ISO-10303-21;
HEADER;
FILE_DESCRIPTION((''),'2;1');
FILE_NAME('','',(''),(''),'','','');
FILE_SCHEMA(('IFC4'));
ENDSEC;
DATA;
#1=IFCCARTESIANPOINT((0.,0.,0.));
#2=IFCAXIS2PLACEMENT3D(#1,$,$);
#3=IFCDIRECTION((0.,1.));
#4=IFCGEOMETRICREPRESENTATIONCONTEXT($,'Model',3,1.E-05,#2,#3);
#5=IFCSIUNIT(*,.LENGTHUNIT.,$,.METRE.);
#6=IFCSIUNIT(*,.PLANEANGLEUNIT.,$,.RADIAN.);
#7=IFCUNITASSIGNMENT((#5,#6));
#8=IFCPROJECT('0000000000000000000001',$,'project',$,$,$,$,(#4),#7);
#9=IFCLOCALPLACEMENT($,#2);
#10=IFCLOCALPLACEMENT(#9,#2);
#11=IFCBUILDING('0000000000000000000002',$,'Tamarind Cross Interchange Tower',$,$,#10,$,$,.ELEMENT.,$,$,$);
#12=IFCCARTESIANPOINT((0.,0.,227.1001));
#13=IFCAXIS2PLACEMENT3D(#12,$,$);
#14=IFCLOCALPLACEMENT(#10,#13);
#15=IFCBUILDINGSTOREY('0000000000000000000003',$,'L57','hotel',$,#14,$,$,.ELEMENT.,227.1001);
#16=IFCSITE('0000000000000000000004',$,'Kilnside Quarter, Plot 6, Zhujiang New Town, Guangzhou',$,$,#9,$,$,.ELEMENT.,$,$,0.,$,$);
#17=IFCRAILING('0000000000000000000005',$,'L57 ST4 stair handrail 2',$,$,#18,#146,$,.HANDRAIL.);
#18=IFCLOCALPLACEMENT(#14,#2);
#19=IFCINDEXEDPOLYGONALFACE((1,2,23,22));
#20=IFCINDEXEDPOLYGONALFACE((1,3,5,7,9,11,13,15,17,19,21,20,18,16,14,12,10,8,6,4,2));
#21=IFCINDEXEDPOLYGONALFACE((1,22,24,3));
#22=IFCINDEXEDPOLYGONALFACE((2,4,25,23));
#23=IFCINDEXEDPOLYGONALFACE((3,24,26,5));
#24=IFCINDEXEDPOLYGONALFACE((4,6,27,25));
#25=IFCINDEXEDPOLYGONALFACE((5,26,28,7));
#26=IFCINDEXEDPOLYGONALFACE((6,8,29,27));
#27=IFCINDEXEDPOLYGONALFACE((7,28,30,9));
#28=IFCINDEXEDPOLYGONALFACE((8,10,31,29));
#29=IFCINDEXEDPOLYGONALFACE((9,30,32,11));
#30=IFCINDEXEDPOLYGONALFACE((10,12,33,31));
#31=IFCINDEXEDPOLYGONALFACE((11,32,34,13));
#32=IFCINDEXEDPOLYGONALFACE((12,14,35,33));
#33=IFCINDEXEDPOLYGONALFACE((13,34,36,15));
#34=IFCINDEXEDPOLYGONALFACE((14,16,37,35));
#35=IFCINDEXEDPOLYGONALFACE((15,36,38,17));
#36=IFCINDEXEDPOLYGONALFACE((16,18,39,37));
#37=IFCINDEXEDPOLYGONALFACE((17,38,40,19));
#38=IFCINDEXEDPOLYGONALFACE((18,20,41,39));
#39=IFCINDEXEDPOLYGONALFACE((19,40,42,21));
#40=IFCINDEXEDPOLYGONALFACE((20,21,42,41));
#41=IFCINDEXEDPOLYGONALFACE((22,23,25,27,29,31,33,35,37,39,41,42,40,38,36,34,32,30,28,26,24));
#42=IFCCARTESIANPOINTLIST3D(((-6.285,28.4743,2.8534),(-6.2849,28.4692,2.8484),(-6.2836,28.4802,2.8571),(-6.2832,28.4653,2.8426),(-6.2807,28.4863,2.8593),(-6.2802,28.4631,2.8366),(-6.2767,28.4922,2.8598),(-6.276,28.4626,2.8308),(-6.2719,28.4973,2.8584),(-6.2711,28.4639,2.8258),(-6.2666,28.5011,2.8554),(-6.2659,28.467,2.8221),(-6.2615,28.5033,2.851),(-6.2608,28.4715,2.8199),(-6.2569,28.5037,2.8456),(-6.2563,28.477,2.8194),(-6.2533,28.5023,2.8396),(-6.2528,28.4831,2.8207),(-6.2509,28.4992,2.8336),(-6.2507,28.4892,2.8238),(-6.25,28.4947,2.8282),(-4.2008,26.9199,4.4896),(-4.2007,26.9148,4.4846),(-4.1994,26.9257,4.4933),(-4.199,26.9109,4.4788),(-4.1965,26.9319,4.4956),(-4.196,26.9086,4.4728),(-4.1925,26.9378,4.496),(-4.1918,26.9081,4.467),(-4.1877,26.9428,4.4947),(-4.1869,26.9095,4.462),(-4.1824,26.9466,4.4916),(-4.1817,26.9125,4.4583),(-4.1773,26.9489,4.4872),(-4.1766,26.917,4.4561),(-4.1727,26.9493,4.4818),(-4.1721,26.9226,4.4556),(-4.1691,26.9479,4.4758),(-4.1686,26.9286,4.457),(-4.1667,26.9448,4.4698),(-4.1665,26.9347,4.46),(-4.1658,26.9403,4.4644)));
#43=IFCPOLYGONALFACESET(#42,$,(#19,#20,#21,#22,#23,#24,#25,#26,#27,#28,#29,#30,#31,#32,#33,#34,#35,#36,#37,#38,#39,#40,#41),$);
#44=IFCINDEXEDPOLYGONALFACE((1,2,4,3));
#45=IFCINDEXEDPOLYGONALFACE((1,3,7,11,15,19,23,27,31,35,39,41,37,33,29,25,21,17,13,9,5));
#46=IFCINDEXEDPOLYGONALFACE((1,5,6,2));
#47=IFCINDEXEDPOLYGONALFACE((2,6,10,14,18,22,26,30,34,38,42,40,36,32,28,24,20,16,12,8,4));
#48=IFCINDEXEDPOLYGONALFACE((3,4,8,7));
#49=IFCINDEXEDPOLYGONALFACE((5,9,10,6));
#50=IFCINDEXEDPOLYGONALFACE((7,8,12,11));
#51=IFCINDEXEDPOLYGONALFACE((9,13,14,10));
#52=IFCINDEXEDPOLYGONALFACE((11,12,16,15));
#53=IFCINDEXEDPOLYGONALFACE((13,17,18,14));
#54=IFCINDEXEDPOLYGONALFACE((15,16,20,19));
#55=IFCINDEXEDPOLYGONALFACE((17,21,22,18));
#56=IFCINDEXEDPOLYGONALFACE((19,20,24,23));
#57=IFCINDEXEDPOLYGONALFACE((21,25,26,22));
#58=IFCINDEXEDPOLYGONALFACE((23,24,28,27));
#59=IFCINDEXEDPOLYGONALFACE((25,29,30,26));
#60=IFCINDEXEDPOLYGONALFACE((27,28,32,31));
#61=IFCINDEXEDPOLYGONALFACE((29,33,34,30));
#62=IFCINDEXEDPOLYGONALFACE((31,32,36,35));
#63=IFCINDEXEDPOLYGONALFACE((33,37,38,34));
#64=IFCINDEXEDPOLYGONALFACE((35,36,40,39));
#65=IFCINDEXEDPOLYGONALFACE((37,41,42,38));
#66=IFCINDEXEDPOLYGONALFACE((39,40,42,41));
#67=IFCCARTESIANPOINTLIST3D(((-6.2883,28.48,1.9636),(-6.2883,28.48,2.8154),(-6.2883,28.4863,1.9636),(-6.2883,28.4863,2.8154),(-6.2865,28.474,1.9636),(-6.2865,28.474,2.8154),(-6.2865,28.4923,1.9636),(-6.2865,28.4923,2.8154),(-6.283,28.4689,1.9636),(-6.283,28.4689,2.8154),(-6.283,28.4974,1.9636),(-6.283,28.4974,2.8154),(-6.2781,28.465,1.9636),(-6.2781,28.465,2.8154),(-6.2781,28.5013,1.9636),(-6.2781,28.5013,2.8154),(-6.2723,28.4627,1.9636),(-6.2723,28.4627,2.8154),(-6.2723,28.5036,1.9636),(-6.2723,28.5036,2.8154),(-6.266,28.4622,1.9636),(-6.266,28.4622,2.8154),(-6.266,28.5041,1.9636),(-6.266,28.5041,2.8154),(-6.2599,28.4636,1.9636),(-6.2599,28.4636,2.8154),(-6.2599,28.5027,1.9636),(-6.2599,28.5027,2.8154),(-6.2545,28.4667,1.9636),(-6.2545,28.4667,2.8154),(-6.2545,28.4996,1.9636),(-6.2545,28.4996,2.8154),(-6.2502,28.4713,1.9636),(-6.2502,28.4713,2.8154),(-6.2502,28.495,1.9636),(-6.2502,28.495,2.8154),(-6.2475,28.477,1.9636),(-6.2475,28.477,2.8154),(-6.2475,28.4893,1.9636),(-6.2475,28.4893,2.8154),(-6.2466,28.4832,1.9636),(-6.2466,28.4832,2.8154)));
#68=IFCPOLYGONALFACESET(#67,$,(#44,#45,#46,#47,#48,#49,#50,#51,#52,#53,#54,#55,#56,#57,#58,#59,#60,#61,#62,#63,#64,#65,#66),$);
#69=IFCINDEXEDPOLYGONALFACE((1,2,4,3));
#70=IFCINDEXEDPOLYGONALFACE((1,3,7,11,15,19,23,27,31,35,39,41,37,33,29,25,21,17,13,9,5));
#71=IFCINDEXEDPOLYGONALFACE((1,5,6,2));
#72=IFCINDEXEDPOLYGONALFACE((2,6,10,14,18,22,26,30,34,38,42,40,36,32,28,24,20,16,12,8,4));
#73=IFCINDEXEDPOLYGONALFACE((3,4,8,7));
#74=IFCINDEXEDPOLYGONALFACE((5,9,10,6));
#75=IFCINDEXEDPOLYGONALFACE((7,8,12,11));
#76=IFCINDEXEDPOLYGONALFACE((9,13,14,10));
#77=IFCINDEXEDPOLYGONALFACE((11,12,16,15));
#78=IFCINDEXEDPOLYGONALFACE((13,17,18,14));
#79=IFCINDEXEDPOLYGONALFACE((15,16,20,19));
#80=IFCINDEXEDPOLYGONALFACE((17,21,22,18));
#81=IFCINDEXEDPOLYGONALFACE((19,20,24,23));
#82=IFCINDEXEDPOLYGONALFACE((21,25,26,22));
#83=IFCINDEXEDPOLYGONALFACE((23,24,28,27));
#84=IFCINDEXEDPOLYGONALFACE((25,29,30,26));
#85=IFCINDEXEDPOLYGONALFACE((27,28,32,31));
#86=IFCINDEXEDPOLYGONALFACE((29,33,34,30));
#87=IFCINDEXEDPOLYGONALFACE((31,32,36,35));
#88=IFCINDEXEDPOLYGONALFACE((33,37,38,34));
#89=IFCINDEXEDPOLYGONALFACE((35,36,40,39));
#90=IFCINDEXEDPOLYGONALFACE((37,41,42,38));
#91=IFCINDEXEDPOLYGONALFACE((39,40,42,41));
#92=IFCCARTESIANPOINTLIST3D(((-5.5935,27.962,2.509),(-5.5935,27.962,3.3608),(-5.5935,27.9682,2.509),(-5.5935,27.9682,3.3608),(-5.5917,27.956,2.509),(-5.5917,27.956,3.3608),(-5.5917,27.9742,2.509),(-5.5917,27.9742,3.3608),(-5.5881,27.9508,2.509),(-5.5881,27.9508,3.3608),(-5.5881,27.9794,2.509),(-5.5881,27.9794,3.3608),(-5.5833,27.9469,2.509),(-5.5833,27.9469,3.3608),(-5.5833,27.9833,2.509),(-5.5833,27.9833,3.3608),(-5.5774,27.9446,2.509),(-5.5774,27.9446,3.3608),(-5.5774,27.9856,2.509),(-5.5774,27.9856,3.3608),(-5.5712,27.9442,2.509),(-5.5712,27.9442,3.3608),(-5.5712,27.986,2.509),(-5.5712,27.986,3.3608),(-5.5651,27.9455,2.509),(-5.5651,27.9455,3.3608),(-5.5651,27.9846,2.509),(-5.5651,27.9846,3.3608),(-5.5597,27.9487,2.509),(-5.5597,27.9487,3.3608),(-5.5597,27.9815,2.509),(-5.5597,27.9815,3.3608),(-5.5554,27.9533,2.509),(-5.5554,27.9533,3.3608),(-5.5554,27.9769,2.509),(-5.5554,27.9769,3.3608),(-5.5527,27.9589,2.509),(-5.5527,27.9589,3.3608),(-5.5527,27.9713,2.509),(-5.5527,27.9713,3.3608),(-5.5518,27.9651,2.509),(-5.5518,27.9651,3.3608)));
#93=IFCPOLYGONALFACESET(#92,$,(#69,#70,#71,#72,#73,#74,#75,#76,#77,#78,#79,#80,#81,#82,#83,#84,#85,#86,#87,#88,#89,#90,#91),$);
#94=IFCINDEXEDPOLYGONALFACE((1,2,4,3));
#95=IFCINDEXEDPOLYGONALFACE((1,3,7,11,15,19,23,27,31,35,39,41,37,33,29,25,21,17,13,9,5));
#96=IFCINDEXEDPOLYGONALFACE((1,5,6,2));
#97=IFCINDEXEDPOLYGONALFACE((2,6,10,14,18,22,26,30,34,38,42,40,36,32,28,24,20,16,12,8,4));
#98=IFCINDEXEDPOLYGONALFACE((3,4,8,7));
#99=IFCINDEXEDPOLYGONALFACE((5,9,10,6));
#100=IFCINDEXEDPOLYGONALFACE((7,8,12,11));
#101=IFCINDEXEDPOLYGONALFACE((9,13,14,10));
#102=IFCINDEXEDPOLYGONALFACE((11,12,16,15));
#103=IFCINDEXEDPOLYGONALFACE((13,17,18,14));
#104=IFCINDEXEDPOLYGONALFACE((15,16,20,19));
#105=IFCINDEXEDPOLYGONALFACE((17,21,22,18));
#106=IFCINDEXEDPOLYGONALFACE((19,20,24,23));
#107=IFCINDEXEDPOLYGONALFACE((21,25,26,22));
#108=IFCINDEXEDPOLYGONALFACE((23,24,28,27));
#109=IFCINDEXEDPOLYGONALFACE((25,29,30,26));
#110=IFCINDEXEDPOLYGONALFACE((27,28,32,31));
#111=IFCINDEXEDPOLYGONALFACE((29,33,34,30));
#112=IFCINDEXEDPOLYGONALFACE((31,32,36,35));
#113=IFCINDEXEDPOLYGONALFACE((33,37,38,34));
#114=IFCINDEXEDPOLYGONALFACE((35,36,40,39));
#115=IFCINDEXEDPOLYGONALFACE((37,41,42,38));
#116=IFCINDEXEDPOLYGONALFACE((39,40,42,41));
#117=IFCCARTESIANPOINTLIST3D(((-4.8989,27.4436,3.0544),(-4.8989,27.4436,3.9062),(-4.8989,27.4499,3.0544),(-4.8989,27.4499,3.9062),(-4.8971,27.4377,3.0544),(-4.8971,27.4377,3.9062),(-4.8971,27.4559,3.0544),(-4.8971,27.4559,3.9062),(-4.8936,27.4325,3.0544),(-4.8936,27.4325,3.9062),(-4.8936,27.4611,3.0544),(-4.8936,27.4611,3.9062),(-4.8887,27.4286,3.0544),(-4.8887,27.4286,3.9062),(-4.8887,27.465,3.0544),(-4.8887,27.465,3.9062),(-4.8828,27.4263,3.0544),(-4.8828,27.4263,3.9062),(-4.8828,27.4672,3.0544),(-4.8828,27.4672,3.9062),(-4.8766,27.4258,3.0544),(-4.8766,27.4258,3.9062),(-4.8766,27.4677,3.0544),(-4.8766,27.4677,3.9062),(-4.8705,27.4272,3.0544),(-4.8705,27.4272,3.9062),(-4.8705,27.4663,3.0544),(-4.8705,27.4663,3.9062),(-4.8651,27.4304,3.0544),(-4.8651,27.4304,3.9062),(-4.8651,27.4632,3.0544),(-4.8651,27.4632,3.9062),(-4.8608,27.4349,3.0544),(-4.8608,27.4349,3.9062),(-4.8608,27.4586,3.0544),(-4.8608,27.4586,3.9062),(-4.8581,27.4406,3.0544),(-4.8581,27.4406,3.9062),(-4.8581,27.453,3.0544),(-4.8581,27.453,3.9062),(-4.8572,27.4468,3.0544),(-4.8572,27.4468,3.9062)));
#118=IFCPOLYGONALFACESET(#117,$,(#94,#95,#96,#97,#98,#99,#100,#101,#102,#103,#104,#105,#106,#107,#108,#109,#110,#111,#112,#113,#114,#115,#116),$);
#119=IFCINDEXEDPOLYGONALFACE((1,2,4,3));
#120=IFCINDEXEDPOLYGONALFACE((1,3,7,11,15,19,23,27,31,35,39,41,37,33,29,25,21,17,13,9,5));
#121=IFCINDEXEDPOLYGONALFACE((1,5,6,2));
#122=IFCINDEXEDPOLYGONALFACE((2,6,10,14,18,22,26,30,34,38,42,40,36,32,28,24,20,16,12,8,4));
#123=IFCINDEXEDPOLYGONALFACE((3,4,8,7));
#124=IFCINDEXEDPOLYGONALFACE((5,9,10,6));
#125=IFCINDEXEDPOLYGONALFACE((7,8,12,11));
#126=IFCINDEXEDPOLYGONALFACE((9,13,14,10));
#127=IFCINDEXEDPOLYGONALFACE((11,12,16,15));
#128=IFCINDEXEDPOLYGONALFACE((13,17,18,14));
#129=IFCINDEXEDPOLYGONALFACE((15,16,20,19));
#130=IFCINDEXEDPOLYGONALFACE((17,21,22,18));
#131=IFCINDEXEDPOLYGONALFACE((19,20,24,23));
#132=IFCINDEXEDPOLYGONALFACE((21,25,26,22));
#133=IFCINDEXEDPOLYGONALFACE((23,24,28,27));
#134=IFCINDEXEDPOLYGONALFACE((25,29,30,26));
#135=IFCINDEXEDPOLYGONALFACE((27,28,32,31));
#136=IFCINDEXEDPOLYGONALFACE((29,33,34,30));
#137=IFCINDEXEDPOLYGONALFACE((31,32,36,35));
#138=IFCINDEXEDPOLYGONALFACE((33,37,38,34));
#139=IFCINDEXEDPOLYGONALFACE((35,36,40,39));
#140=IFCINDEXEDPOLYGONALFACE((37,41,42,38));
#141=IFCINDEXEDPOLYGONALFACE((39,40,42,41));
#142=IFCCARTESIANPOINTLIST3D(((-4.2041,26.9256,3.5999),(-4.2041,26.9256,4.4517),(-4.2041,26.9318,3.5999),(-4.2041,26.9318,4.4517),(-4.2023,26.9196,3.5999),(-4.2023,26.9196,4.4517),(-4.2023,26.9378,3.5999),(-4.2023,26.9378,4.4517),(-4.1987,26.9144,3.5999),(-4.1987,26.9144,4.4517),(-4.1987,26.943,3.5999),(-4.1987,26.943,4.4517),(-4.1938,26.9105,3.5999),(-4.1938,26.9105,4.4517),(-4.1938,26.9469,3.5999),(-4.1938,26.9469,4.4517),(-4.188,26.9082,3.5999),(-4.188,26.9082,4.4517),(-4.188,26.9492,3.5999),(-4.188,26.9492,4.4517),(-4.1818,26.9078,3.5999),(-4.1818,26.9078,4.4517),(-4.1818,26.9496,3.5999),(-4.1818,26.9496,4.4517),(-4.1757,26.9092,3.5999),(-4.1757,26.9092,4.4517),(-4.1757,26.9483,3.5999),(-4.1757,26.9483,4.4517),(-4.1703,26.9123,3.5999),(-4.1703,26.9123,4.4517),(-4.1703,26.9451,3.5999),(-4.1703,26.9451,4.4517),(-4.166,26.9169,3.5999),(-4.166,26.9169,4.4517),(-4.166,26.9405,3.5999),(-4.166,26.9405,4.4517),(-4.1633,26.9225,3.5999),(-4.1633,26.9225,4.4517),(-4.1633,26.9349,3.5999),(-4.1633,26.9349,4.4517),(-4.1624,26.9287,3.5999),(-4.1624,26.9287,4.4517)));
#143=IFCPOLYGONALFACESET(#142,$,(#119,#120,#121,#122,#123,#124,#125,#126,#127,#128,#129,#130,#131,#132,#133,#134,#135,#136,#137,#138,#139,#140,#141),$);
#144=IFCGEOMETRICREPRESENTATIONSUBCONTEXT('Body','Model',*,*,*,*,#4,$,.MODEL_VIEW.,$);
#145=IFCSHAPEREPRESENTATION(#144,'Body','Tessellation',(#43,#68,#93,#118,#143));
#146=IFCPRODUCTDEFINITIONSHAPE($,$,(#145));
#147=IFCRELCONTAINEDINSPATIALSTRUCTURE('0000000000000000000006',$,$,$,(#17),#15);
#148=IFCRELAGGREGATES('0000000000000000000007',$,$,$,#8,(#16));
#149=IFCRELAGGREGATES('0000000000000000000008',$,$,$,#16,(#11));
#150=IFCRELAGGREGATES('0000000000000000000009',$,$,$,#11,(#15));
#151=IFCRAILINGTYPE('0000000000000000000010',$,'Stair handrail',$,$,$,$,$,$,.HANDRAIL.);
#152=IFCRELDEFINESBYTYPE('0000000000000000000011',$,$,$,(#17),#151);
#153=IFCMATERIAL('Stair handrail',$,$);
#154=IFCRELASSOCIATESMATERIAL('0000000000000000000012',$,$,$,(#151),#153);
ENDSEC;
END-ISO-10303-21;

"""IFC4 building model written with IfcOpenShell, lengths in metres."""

from ifc_helpers import new_model, si_unit, direction, frame, origin, origin_2d, place, context, subcontext, project, spatial, circle, extrude, material, type_object, element, save


model = new_model("IFC4")

# Units and contexts
model_context = context("Model", 3, precision=1e-05, world=origin(), true_north=direction((0.0, 1.0)))
body_context = subcontext(model_context, "Body", "Model", "MODEL_VIEW")
ifc_project = project(units=[si_unit("LENGTHUNIT", "METRE"), si_unit("PLANEANGLEUNIT", "RADIAN")], contexts=[model_context])

# Site, building, storey
site_placement = place(None, origin())
site = spatial("IfcSite", under=ifc_project, at=site_placement, Name="Kilnside Quarter, Plot 6, Zhujiang New Town, Guangzhou", CompositionType="ELEMENT", RefElevation=0.0)
building_placement = place(site_placement, origin())
building = spatial("IfcBuilding", under=site, at=building_placement, Name="Tamarind Cross Interchange Tower", CompositionType="ELEMENT")
storey_placement = place(building_placement, frame((0.0, 0.0, 227.1001)))
storey = spatial("IfcBuildingStorey", under=building, at=storey_placement, Name="L57", Description="hotel", CompositionType="ELEMENT", Elevation=227.1001)

# Railing
ifc_material_1 = material(Name="Stair handrail")
railing_type_1 = type_object("IfcRailingType", Name="Stair handrail", PredefinedType="HANDRAIL", material=ifc_material_1)
railing_1_placement = place(storey_placement, frame((-6.2676, 28.4832, 1.9636)))
element("IfcRailing", 1, at=railing_1_placement, inside=storey, type_object=railing_type_1, Name="L57 ST4 stair handrail 2", PredefinedType="HANDRAIL", context=body_context, shape_type="SweptSolid", body=[
    extrude(circle(Radius=0.0239, at=origin_2d()), frame((0.0, 0.0, 0.876), z_axis=(0.678447, -0.505994, 0.532617), x_axis=(0.597849, 0.801608, 0.0)), (0.0, 0.0, 1.0), 3.072),
    extrude(circle(Radius=0.021, at=origin_2d()), origin(), (0.0, 0.0, 1.0), 0.8518),
    extrude(circle(Radius=0.021, at=origin_2d()), frame((0.6948, -0.5181, 0.5454)), (0.0, 0.0, 1.0), 0.8518),
    extrude(circle(Radius=0.021, at=origin_2d()), frame((1.3894, -1.0364, 1.0908)), (0.0, 0.0, 1.0), 0.8518),
    extrude(circle(Radius=0.021, at=origin_2d()), frame((2.0842, -1.5544, 1.6362)), (0.0, 0.0, 1.0), 0.8518),
])

save(model, "model.ifc")
